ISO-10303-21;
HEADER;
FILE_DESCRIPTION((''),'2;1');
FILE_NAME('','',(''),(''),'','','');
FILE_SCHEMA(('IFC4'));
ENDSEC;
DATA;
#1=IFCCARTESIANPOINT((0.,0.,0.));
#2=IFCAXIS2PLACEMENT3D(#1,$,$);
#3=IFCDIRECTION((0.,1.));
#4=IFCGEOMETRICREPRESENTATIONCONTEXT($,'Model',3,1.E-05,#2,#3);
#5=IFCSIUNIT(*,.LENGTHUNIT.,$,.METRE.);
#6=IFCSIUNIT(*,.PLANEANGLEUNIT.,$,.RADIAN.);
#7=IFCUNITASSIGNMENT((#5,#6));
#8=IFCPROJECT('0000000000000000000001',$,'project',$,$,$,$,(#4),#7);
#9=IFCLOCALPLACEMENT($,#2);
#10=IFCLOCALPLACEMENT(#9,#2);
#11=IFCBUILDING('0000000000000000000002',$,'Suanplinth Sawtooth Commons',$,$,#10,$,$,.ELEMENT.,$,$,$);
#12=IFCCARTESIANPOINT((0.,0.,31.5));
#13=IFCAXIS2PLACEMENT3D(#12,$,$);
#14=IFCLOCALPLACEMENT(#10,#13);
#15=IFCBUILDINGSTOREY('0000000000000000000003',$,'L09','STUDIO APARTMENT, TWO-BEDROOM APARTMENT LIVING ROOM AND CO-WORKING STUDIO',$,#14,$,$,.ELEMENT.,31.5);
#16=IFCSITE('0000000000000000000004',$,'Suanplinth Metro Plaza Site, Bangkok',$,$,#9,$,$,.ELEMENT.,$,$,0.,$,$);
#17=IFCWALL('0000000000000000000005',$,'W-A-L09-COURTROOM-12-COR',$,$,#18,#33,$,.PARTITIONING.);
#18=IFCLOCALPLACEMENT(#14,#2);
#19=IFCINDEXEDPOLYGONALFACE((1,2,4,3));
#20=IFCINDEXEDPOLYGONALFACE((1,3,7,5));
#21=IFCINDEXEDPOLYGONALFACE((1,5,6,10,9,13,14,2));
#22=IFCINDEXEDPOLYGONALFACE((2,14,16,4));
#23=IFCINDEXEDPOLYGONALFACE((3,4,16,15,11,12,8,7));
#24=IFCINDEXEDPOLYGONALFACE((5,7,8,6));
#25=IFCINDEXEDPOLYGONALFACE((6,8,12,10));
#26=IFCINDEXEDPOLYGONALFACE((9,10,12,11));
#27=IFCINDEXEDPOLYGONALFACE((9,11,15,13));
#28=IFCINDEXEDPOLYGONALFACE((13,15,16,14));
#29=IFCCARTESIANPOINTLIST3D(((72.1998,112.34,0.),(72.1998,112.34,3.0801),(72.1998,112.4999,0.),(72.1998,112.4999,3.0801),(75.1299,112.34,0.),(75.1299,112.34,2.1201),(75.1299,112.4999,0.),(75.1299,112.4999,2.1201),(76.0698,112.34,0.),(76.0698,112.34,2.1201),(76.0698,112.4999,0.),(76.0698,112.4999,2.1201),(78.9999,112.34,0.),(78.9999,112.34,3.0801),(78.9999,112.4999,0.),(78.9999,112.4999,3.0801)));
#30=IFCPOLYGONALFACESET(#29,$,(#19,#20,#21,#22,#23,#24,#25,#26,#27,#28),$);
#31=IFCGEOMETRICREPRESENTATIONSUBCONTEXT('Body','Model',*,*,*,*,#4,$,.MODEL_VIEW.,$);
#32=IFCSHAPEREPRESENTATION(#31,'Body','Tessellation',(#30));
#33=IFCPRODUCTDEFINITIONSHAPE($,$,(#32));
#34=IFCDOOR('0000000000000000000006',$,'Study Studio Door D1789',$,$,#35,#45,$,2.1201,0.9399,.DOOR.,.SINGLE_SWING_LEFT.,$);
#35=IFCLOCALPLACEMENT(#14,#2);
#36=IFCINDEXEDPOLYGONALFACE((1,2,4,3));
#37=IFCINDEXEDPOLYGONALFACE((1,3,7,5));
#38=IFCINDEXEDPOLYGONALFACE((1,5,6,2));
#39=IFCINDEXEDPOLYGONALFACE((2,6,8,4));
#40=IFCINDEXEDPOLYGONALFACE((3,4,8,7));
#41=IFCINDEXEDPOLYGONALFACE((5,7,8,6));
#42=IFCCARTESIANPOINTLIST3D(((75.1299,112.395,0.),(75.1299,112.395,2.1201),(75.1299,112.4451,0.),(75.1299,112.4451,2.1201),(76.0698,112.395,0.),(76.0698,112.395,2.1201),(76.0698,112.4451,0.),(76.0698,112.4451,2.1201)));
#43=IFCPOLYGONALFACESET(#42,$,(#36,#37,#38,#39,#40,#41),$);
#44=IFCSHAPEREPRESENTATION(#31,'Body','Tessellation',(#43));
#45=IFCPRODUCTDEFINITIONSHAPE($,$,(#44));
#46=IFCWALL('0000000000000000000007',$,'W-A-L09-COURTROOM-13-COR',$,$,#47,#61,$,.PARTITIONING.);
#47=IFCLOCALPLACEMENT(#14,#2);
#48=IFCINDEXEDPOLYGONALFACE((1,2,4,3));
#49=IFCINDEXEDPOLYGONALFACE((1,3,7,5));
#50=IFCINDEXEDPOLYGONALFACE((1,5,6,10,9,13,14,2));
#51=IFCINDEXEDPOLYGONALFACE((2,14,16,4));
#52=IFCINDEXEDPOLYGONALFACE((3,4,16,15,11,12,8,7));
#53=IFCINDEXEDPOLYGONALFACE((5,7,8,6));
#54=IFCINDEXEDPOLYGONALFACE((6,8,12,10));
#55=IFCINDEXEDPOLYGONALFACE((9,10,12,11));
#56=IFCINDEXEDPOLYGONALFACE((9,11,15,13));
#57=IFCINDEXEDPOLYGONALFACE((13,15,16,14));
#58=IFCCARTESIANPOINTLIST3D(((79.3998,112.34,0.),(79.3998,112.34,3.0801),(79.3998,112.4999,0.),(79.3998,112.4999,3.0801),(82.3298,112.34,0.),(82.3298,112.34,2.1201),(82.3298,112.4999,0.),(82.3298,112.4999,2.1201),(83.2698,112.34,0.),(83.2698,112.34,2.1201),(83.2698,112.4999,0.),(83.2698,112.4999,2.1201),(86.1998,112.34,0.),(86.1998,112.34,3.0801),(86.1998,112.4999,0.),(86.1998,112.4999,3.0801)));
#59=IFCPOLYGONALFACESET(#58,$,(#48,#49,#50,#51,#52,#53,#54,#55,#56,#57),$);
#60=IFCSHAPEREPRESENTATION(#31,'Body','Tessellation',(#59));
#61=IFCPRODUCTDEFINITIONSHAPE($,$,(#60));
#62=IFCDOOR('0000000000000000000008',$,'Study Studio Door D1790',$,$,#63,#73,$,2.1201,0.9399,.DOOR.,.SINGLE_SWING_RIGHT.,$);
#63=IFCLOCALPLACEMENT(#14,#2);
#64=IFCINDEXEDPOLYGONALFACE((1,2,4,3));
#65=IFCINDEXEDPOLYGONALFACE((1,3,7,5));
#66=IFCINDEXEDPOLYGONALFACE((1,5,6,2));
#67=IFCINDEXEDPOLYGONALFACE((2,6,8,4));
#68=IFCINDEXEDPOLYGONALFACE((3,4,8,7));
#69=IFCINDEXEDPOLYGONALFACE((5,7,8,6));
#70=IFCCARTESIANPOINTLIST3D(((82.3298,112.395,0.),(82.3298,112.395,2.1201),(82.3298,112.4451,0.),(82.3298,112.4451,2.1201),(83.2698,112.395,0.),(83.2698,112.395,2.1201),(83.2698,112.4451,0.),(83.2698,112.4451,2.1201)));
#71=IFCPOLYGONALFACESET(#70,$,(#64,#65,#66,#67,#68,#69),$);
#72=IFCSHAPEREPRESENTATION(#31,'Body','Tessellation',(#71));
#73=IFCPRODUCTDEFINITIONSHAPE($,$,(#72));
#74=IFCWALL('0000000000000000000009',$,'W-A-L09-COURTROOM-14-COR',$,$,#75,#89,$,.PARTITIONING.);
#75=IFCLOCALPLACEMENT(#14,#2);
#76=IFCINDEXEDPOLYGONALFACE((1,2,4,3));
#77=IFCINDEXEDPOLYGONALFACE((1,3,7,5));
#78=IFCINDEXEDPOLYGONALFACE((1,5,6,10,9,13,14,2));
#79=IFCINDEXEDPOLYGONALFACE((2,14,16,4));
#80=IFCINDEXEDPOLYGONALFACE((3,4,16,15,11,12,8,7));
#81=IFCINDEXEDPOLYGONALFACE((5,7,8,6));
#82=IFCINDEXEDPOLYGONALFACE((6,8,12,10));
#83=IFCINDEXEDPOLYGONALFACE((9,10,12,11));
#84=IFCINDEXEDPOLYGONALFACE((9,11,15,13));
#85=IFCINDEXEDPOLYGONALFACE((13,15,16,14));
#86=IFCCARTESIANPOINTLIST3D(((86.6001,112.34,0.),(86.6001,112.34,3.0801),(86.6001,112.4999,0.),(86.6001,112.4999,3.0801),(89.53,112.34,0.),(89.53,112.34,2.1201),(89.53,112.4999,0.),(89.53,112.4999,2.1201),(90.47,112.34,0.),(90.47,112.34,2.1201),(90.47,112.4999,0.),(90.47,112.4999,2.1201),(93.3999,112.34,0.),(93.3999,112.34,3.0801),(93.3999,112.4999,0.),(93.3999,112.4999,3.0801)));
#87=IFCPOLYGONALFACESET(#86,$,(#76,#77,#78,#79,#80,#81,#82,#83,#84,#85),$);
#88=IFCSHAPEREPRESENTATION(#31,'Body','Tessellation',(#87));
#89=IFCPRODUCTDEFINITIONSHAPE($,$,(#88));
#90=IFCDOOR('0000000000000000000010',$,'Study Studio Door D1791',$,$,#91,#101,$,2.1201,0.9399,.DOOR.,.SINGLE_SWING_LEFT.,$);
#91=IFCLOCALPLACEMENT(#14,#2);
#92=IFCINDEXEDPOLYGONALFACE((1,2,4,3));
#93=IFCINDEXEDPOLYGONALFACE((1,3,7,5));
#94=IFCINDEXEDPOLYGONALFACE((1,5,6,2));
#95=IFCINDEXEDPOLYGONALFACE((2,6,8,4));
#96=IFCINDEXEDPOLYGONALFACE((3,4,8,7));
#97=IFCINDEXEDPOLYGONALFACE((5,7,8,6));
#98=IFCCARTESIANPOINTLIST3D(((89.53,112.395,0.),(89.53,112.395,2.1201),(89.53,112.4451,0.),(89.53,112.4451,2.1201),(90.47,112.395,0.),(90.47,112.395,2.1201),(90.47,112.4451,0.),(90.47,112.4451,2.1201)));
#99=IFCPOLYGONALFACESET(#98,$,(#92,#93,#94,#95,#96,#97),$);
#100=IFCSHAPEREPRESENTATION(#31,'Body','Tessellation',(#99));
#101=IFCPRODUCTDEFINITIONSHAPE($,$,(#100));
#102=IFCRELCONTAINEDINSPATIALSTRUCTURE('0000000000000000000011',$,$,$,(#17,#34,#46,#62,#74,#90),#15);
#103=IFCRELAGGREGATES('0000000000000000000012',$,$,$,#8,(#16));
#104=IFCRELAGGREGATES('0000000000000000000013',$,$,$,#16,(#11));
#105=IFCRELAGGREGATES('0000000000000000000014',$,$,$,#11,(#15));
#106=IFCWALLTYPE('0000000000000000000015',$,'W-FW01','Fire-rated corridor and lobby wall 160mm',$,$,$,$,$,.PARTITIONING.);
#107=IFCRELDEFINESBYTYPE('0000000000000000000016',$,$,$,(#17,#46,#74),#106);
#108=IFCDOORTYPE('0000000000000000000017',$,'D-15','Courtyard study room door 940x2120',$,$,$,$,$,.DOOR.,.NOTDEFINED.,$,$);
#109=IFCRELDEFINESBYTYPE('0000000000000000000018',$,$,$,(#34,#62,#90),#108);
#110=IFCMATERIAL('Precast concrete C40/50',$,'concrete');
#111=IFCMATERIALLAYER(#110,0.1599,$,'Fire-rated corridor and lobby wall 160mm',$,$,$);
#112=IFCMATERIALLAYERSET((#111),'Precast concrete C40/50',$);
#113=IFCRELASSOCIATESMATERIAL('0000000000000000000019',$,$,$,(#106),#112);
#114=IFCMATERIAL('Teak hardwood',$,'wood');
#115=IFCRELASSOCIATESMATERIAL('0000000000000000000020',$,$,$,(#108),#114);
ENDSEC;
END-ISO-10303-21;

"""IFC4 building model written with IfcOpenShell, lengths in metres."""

from ifc_helpers import new_model, si_unit, direction, frame, frame_2d, origin, place, context, subcontext, project, spatial, rectangle, extrude, material, layer, layer_set, type_object, element, fill, save


model = new_model("IFC4")

# Units and contexts
model_context = context("Model", 3, precision=1e-05, world=origin(), true_north=direction((0.0, 1.0)))
body_context = subcontext(model_context, "Body", "Model", "MODEL_VIEW")
ifc_project = project(units=[si_unit("LENGTHUNIT", "METRE"), si_unit("PLANEANGLEUNIT", "RADIAN")], contexts=[model_context])

# Site, building, storey
site_placement = place(None, origin())
site = spatial("IfcSite", under=ifc_project, at=site_placement, Name="Suanplinth Metro Plaza Site, Bangkok", CompositionType="ELEMENT", RefElevation=0.0)
building_placement = place(site_placement, origin())
building = spatial("IfcBuilding", under=site, at=building_placement, Name="Suanplinth Sawtooth Commons", CompositionType="ELEMENT")
storey_placement = place(building_placement, frame((0.0, 0.0, 31.5)))
storey = spatial("IfcBuildingStorey", under=building, at=storey_placement, Name="L09", Description="STUDIO APARTMENT, TWO-BEDROOM APARTMENT LIVING ROOM AND CO-WORKING STUDIO", CompositionType="ELEMENT", Elevation=31.5)

# Shared definitions
ifc_material_1 = material(Name="Precast concrete C40/50", Category="concrete")

# Walls, openings, doors
ifc_layer_1 = layer(ifc_material_1, 0.1599, Name="Fire-rated corridor and lobby wall 160mm")
ifc_layer_set_1 = layer_set([ifc_layer_1], Name="Precast concrete C40/50")
wall_type_1 = type_object("IfcWallType", Name="W-FW01", Description="Fire-rated corridor and lobby wall 160mm", PredefinedType="PARTITIONING", material=ifc_layer_set_1)
wall_1_placement = place(storey_placement, frame((72.2, 112.4199, 0.0), z_axis=(0.0, 0.0, 1.0), x_axis=(1.0, 0.0, 0.0)))
wall_1 = element("IfcWall", 1, at=wall_1_placement, inside=storey, type_object=wall_type_1, Name="W-A-L09-COURTROOM-12-COR", PredefinedType="PARTITIONING", context=body_context, shape_type="SweptSolid", body=[
    extrude(rectangle(XDim=6.8, YDim=0.1599, at=frame_2d((3.3999, 0.0))), origin(), (0.0, 0.0, 1.0), 3.0801),
])
opening_1_placement = place(wall_1_placement, frame((2.9299, 0.0, 0.0)))
opening_1 = element("IfcOpeningElement", 2, at=opening_1_placement, cuts=wall_1, PredefinedType="OPENING", context=body_context, shape_type="SweptSolid", body=[
    extrude(rectangle(XDim=0.9399, YDim=2.1201, at=frame_2d((0.47, 1.0601))), frame((0.0, 0.0947, 0.0), z_axis=(0.0, -1.0, 0.0), x_axis=(1.0, 0.0, 0.0)), (0.0, 0.0, 1.0), 0.1897),
])
ifc_material_2 = material(Name="Teak hardwood", Category="wood")
door_type_1 = type_object("IfcDoorType", Name="D-15", Description="Courtyard study room door 940x2120", OperationType="NOTDEFINED", PredefinedType="DOOR", material=ifc_material_2)
door_1_placement = place(opening_1_placement, frame((0.9399, 0.0, 0.0), z_axis=(0.0, 0.0, 1.0), x_axis=(-1.0, 0.0, 0.0)))
door_1 = element("IfcDoor", 3, at=door_1_placement, inside=storey, type_object=door_type_1, Name="Study Studio Door D1789", OperationType="SINGLE_SWING_LEFT", OverallHeight=2.1201, OverallWidth=0.9399, PredefinedType="DOOR", context=body_context, shape_type="SweptSolid", body=[
    extrude(rectangle(XDim=0.9399, YDim=2.1201, at=frame_2d((0.47, 1.0601))), frame((0.0, 0.0249, 0.0), z_axis=(0.0, -1.0, 0.0), x_axis=(1.0, 0.0, 0.0)), (0.0, 0.0, 1.0), 0.05),
])
fill(opening_1, door_1)
wall_2_placement = place(storey_placement, frame((79.3999, 112.4199, 0.0), z_axis=(0.0, 0.0, 1.0), x_axis=(1.0, 0.0, 0.0)))
wall_2 = element("IfcWall", 4, at=wall_2_placement, inside=storey, type_object=wall_type_1, Name="W-A-L09-COURTROOM-13-COR", PredefinedType="PARTITIONING", context=body_context, shape_type="SweptSolid", body=[
    extrude(rectangle(XDim=6.8, YDim=0.1599, at=frame_2d((3.3999, 0.0))), origin(), (0.0, 0.0, 1.0), 3.0801),
])
opening_2_placement = place(wall_2_placement, frame((2.9299, 0.0, 0.0)))
opening_2 = element("IfcOpeningElement", 5, at=opening_2_placement, cuts=wall_2, PredefinedType="OPENING", context=body_context, shape_type="SweptSolid", body=[
    extrude(rectangle(XDim=0.9399, YDim=2.1201, at=frame_2d((0.47, 1.0601))), frame((0.0, 0.0947, 0.0), z_axis=(0.0, -1.0, 0.0), x_axis=(1.0, 0.0, 0.0)), (0.0, 0.0, 1.0), 0.1897),
])
door_2_placement = place(opening_2_placement, frame((0.9399, 0.0, 0.0), z_axis=(0.0, 0.0, 1.0), x_axis=(-1.0, 0.0, 0.0)))
door_2 = element("IfcDoor", 6, at=door_2_placement, inside=storey, type_object=door_type_1, Name="Study Studio Door D1790", OperationType="SINGLE_SWING_RIGHT", OverallHeight=2.1201, OverallWidth=0.9399, PredefinedType="DOOR", context=body_context, shape_type="SweptSolid", body=[
    extrude(rectangle(XDim=0.9399, YDim=2.1201, at=frame_2d((0.47, 1.0601))), frame((0.0, 0.0249, 0.0), z_axis=(0.0, -1.0, 0.0), x_axis=(1.0, 0.0, 0.0)), (0.0, 0.0, 1.0), 0.05),
])
fill(opening_2, door_2)
wall_3_placement = place(storey_placement, frame((86.6001, 112.4199, 0.0), z_axis=(0.0, 0.0, 1.0), x_axis=(1.0, 0.0, 0.0)))
wall_3 = element("IfcWall", 7, at=wall_3_placement, inside=storey, type_object=wall_type_1, Name="W-A-L09-COURTROOM-14-COR", PredefinedType="PARTITIONING", context=body_context, shape_type="SweptSolid", body=[
    extrude(rectangle(XDim=6.7998, YDim=0.1599, at=frame_2d((3.3999, 0.0))), origin(), (0.0, 0.0, 1.0), 3.0801),
])
opening_3_placement = place(wall_3_placement, frame((2.9299, 0.0, 0.0)))
opening_3 = element("IfcOpeningElement", 8, at=opening_3_placement, cuts=wall_3, PredefinedType="OPENING", context=body_context, shape_type="SweptSolid", body=[
    extrude(rectangle(XDim=0.9399, YDim=2.1201, at=frame_2d((0.47, 1.0601))), frame((0.0, 0.0947, 0.0), z_axis=(0.0, -1.0, 0.0), x_axis=(1.0, 0.0, 0.0)), (0.0, 0.0, 1.0), 0.1897),
])
door_3_placement = place(opening_3_placement, frame((0.9399, 0.0, 0.0), z_axis=(0.0, 0.0, 1.0), x_axis=(-1.0, 0.0, 0.0)))
door_3 = element("IfcDoor", 9, at=door_3_placement, inside=storey, type_object=door_type_1, Name="Study Studio Door D1791", OperationType="SINGLE_SWING_LEFT", OverallHeight=2.1201, OverallWidth=0.9399, PredefinedType="DOOR", context=body_context, shape_type="SweptSolid", body=[
    extrude(rectangle(XDim=0.9399, YDim=2.1201, at=frame_2d((0.47, 1.0601))), frame((0.0, 0.0249, 0.0), z_axis=(0.0, -1.0, 0.0), x_axis=(1.0, 0.0, 0.0)), (0.0, 0.0, 1.0), 0.05),
])
fill(opening_3, door_3)

save(model, "model.ifc")
